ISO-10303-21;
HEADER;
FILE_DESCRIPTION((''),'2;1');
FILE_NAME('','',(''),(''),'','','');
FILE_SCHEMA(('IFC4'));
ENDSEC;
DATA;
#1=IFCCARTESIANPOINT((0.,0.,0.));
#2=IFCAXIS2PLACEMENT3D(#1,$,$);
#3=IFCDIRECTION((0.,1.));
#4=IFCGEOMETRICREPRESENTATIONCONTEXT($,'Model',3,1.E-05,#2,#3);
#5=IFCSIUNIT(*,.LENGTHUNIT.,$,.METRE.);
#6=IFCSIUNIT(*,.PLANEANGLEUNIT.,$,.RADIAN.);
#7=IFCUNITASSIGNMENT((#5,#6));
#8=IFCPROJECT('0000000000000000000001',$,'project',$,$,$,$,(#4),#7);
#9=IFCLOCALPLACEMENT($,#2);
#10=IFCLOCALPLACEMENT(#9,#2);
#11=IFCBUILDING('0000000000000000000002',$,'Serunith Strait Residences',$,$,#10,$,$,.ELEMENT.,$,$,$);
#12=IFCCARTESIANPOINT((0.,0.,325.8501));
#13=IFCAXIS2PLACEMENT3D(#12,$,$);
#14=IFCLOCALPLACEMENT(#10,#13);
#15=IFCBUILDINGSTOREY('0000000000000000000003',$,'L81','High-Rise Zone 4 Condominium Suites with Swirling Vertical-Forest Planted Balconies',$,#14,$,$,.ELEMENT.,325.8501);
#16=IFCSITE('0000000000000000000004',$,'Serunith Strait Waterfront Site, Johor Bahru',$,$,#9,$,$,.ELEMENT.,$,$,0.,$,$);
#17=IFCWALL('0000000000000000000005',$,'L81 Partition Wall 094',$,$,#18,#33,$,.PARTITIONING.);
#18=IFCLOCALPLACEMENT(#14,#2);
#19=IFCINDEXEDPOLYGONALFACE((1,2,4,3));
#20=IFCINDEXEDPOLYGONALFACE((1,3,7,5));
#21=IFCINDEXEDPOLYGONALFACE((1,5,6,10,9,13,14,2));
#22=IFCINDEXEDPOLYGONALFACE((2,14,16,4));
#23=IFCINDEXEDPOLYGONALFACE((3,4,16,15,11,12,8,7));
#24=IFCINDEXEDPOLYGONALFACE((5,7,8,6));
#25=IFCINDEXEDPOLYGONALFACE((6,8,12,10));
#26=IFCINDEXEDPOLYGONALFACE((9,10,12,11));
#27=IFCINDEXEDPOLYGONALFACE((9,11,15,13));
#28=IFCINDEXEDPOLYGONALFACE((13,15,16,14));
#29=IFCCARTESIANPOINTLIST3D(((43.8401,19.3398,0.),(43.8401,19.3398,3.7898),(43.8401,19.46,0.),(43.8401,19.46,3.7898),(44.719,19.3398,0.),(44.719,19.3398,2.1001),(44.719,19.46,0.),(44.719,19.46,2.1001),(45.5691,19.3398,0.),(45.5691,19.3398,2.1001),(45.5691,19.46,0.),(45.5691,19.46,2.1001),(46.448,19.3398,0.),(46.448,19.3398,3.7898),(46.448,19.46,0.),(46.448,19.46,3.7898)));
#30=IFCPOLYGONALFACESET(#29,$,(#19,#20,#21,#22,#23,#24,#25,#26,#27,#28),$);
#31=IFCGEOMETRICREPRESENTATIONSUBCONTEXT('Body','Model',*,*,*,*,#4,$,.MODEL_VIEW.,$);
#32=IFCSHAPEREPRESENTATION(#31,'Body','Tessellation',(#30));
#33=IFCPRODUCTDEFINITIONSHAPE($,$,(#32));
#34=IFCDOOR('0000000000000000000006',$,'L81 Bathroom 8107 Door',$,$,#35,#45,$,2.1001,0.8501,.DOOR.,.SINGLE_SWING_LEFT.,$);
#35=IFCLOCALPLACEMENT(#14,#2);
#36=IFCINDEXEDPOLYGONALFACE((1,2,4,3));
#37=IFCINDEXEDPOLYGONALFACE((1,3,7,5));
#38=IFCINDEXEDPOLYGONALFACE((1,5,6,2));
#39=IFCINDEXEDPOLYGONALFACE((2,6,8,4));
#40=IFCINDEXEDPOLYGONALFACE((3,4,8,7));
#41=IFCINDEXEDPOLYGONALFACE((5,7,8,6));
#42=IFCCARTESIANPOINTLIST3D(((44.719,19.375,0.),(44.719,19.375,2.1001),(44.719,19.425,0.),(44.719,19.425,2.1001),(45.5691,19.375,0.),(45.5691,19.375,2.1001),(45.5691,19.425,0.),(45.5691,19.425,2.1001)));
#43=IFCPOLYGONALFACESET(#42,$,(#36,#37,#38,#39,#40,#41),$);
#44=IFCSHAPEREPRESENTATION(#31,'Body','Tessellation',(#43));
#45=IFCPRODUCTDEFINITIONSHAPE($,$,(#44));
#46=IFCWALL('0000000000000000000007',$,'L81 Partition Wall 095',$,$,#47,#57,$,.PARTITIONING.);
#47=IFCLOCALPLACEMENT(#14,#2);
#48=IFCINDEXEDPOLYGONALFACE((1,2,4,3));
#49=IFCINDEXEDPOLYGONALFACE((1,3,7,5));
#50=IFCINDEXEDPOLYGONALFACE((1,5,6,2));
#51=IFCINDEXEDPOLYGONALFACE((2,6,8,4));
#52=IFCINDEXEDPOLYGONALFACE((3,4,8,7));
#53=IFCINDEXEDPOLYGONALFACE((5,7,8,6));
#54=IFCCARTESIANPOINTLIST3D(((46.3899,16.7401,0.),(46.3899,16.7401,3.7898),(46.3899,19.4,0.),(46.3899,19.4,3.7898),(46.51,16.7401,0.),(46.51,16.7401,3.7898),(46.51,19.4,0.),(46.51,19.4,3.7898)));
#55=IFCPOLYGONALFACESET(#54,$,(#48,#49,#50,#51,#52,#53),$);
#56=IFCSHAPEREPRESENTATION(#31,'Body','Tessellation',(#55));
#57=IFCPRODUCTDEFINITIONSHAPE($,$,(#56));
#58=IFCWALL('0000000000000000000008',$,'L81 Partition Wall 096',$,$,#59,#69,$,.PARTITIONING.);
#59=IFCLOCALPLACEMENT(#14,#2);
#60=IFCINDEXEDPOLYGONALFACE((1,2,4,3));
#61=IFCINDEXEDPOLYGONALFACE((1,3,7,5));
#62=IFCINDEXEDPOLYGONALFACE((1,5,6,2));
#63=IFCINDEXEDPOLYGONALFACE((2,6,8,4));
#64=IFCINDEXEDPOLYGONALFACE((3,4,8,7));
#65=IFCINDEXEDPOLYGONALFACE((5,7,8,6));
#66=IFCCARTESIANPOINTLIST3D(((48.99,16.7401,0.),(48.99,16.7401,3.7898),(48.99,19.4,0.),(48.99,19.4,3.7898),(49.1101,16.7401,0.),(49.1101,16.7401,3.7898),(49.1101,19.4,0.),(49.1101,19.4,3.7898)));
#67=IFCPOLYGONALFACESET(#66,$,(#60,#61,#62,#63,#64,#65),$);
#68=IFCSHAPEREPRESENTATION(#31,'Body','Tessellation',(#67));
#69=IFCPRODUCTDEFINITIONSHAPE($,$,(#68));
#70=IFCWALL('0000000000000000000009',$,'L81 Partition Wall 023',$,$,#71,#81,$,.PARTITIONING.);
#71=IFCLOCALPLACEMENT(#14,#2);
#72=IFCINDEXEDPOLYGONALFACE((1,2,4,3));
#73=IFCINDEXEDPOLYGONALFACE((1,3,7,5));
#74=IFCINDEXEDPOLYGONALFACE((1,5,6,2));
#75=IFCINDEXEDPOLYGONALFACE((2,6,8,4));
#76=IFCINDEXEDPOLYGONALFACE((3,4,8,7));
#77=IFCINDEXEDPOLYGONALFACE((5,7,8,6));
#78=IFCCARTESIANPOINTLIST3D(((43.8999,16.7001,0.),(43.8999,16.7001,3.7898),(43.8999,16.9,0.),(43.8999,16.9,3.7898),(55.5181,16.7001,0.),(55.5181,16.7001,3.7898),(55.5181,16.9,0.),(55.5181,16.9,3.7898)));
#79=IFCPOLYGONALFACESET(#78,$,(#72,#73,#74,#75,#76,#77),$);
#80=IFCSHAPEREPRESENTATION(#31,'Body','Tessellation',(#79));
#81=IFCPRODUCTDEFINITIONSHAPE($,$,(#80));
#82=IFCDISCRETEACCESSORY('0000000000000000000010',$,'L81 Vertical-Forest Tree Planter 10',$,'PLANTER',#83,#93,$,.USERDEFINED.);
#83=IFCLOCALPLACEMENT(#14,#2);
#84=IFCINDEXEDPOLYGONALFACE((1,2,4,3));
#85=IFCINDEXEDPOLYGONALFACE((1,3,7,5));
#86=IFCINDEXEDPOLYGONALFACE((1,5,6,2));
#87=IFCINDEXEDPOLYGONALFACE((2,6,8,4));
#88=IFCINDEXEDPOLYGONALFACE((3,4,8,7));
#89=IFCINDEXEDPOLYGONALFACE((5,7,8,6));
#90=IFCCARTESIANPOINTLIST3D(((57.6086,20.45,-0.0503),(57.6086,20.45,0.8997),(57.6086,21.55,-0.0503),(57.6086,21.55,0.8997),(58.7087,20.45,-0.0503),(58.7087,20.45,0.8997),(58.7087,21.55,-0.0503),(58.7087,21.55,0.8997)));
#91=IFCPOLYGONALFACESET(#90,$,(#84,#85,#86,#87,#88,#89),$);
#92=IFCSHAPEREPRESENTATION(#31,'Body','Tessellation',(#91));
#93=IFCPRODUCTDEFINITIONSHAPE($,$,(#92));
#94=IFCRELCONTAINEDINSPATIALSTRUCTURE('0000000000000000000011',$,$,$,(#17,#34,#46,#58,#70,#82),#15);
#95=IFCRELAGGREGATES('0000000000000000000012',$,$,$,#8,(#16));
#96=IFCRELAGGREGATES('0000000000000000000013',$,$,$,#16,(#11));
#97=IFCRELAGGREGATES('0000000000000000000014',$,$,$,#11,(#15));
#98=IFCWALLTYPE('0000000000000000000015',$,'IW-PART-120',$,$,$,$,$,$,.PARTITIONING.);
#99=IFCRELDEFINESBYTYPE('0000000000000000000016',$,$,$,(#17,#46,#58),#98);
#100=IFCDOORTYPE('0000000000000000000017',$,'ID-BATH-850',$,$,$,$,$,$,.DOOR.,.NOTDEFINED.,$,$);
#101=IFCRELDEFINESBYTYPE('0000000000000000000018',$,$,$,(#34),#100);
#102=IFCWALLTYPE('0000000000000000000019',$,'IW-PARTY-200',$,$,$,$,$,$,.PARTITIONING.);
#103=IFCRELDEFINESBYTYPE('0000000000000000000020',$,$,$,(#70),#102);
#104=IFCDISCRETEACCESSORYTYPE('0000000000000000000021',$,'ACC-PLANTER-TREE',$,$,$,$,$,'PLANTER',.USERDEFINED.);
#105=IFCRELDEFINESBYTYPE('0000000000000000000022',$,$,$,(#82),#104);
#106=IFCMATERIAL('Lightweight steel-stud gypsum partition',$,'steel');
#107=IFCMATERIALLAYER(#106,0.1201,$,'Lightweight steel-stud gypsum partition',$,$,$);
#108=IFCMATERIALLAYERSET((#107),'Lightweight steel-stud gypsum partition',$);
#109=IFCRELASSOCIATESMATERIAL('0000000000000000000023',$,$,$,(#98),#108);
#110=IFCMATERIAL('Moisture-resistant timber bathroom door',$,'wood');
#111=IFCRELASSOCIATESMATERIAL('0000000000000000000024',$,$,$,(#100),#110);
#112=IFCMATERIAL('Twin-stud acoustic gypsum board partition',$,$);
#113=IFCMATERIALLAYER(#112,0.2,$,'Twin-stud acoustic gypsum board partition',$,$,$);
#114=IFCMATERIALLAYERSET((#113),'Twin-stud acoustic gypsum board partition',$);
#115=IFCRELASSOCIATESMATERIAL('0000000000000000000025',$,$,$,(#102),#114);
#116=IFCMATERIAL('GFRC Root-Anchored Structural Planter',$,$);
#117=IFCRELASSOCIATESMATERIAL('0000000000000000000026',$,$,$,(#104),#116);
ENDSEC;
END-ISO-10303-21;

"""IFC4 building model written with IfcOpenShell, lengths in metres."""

from ifc_helpers import new_model, si_unit, direction, frame, frame_2d, origin, origin_2d, place, context, subcontext, project, spatial, rectangle, extrude, source, transform, mapped, material, layer, layer_set, type_object, element, fill, save


model = new_model("IFC4")

# Units and contexts
model_context = context("Model", 3, precision=1e-05, world=origin(), true_north=direction((0.0, 1.0)))
body_context = subcontext(model_context, "Body", "Model", "MODEL_VIEW")
ifc_project = project(units=[si_unit("LENGTHUNIT", "METRE"), si_unit("PLANEANGLEUNIT", "RADIAN")], contexts=[model_context])

# Site, building, storey
site_placement = place(None, origin())
site = spatial("IfcSite", under=ifc_project, at=site_placement, Name="Serunith Strait Waterfront Site, Johor Bahru", CompositionType="ELEMENT", RefElevation=0.0)
building_placement = place(site_placement, origin())
building = spatial("IfcBuilding", under=site, at=building_placement, Name="Serunith Strait Residences", CompositionType="ELEMENT")
storey_placement = place(building_placement, frame((0.0, 0.0, 325.8501)))
storey = spatial("IfcBuildingStorey", under=building, at=storey_placement, Name="L81", Description="High-Rise Zone 4 Condominium Suites with Swirling Vertical-Forest Planted Balconies", CompositionType="ELEMENT", Elevation=325.8501)

# Shared definitions
ifc_material_1 = material(Name="Lightweight steel-stud gypsum partition", Category="steel")
ifc_layer_1 = layer(ifc_material_1, 0.1201, Name="Lightweight steel-stud gypsum partition")
ifc_layer_set_1 = layer_set([ifc_layer_1], Name="Lightweight steel-stud gypsum partition")
wall_type_1 = type_object("IfcWallType", Name="IW-PART-120", PredefinedType="PARTITIONING", material=ifc_layer_set_1)

# Wall, opening, door
shared_shape_1 = source(origin(), body_context, "Body", "SweptSolid", [
    extrude(rectangle(XDim=0.8501, YDim=2.1001, at=frame_2d((0.425, 1.05))), frame((0.0, 0.0249, 0.0), z_axis=(0.0, -1.0, 0.0), x_axis=(1.0, 0.0, 0.0)), (0.0, 0.0, 1.0), 0.05),
])
ifc_material_2 = material(Name="Moisture-resistant timber bathroom door", Category="wood")
door_type_1 = type_object("IfcDoorType", Name="ID-BATH-850", OperationType="NOTDEFINED", PredefinedType="DOOR", material=ifc_material_2)
wall_1_placement = place(storey_placement, frame((46.448, 19.3999, 0.0), z_axis=(0.0, 0.0, 1.0), x_axis=(-1.0, 0.0, 0.0)))
wall_1 = element("IfcWall", 1, at=wall_1_placement, inside=storey, type_object=wall_type_1, Name="L81 Partition Wall 094", PredefinedType="PARTITIONING", context=body_context, shape_type="SweptSolid", body=[
    extrude(rectangle(XDim=2.6079, YDim=0.1201, at=frame_2d((1.304, 0.0))), origin(), (0.0, 0.0, 1.0), 3.7898),
])
opening_1_placement = place(wall_1_placement, frame((0.8789, 0.0, 0.0)))
opening_1 = element("IfcOpeningElement", 2, at=opening_1_placement, cuts=wall_1, PredefinedType="OPENING", context=body_context, shape_type="SweptSolid", body=[
    extrude(rectangle(XDim=0.8501, YDim=2.1001, at=frame_2d((0.425, 1.05))), frame((0.0, 0.0701, 0.0), z_axis=(0.0, -1.0, 0.0), x_axis=(1.0, 0.0, 0.0)), (0.0, 0.0, 1.0), 0.1401),
])
door_1_placement = place(opening_1_placement, origin())
door_1 = element("IfcDoor", 3, at=door_1_placement, inside=storey, type_object=door_type_1, Name="L81 Bathroom 8107 Door", OperationType="SINGLE_SWING_LEFT", OverallHeight=2.1001, OverallWidth=0.8501, PredefinedType="DOOR", context=body_context, shape_type="MappedRepresentation", body=[
    mapped(shared_shape_1, transform((0.0, 0.0, 0.0), scale=1.0)),
])
fill(opening_1, door_1)

# Walls
for number, where, z_axis, x_axis, name in (
    (4, (46.45, 16.74, 0.0), (0.0, 0.0, 1.0), (0.0, 1.0, 0.0), "L81 Partition Wall 095"),
    (5, (49.05, 16.74, 0.0), (0.0, 0.0, 1.0), (0.0, 1.0, 0.0), "L81 Partition Wall 096"),
):
    element("IfcWall", number, at=place(storey_placement, frame(where, z_axis=z_axis, x_axis=x_axis)), inside=storey, type_object=wall_type_1, Name=name, PredefinedType="PARTITIONING", context=body_context, shape_type="SweptSolid", body=[
        extrude(rectangle(XDim=2.6599, YDim=0.1201, at=frame_2d((1.3301, 0.0))), origin(), (0.0, 0.0, 1.0), 3.7898),
    ])
ifc_material_3 = material(Name="Twin-stud acoustic gypsum board partition")
ifc_layer_2 = layer(ifc_material_3, 0.2, Name="Twin-stud acoustic gypsum board partition")
ifc_layer_set_2 = layer_set([ifc_layer_2], Name="Twin-stud acoustic gypsum board partition")
wall_type_2 = type_object("IfcWallType", Name="IW-PARTY-200", PredefinedType="PARTITIONING", material=ifc_layer_set_2)
wall_2_placement = place(storey_placement, frame((43.8999, 16.8, 0.0), z_axis=(0.0, 0.0, 1.0), x_axis=(1.0, 0.0, 0.0)))
element("IfcWall", 6, at=wall_2_placement, inside=storey, type_object=wall_type_2, Name="L81 Partition Wall 023", PredefinedType="PARTITIONING", context=body_context, shape_type="SweptSolid", body=[
    extrude(rectangle(XDim=11.6182, YDim=0.2, at=frame_2d((5.8091, 0.0))), origin(), (0.0, 0.0, 1.0), 3.7898),
])

# Discrete accessory
ifc_material_4 = material(Name="GFRC Root-Anchored Structural Planter")
discrete_accessory_type = type_object("IfcDiscreteAccessoryType", Name="ACC-PLANTER-TREE", ElementType="PLANTER", PredefinedType="USERDEFINED", material=ifc_material_4)
shared_shape_2 = source(origin(), body_context, "Body", "SweptSolid", [
    extrude(rectangle(XDim=1.1001, YDim=1.1001, at=origin_2d()), origin(), (0.0, 0.0, 1.0), 0.95),
])
discrete_accessory_placement = place(storey_placement, frame((58.1587, 21.0, -0.0503), z_axis=(0.0, 0.0, 1.0), x_axis=(0.0, 1.0, 0.0)))
element("IfcDiscreteAccessory", 7, at=discrete_accessory_placement, inside=storey, type_object=discrete_accessory_type, Name="L81 Vertical-Forest Tree Planter 10", ObjectType="PLANTER", PredefinedType="USERDEFINED", context=body_context, shape_type="MappedRepresentation", body=[
    mapped(shared_shape_2, transform((0.0, 0.0, 0.0), scale=1.0)),
])

save(model, "model.ifc")
